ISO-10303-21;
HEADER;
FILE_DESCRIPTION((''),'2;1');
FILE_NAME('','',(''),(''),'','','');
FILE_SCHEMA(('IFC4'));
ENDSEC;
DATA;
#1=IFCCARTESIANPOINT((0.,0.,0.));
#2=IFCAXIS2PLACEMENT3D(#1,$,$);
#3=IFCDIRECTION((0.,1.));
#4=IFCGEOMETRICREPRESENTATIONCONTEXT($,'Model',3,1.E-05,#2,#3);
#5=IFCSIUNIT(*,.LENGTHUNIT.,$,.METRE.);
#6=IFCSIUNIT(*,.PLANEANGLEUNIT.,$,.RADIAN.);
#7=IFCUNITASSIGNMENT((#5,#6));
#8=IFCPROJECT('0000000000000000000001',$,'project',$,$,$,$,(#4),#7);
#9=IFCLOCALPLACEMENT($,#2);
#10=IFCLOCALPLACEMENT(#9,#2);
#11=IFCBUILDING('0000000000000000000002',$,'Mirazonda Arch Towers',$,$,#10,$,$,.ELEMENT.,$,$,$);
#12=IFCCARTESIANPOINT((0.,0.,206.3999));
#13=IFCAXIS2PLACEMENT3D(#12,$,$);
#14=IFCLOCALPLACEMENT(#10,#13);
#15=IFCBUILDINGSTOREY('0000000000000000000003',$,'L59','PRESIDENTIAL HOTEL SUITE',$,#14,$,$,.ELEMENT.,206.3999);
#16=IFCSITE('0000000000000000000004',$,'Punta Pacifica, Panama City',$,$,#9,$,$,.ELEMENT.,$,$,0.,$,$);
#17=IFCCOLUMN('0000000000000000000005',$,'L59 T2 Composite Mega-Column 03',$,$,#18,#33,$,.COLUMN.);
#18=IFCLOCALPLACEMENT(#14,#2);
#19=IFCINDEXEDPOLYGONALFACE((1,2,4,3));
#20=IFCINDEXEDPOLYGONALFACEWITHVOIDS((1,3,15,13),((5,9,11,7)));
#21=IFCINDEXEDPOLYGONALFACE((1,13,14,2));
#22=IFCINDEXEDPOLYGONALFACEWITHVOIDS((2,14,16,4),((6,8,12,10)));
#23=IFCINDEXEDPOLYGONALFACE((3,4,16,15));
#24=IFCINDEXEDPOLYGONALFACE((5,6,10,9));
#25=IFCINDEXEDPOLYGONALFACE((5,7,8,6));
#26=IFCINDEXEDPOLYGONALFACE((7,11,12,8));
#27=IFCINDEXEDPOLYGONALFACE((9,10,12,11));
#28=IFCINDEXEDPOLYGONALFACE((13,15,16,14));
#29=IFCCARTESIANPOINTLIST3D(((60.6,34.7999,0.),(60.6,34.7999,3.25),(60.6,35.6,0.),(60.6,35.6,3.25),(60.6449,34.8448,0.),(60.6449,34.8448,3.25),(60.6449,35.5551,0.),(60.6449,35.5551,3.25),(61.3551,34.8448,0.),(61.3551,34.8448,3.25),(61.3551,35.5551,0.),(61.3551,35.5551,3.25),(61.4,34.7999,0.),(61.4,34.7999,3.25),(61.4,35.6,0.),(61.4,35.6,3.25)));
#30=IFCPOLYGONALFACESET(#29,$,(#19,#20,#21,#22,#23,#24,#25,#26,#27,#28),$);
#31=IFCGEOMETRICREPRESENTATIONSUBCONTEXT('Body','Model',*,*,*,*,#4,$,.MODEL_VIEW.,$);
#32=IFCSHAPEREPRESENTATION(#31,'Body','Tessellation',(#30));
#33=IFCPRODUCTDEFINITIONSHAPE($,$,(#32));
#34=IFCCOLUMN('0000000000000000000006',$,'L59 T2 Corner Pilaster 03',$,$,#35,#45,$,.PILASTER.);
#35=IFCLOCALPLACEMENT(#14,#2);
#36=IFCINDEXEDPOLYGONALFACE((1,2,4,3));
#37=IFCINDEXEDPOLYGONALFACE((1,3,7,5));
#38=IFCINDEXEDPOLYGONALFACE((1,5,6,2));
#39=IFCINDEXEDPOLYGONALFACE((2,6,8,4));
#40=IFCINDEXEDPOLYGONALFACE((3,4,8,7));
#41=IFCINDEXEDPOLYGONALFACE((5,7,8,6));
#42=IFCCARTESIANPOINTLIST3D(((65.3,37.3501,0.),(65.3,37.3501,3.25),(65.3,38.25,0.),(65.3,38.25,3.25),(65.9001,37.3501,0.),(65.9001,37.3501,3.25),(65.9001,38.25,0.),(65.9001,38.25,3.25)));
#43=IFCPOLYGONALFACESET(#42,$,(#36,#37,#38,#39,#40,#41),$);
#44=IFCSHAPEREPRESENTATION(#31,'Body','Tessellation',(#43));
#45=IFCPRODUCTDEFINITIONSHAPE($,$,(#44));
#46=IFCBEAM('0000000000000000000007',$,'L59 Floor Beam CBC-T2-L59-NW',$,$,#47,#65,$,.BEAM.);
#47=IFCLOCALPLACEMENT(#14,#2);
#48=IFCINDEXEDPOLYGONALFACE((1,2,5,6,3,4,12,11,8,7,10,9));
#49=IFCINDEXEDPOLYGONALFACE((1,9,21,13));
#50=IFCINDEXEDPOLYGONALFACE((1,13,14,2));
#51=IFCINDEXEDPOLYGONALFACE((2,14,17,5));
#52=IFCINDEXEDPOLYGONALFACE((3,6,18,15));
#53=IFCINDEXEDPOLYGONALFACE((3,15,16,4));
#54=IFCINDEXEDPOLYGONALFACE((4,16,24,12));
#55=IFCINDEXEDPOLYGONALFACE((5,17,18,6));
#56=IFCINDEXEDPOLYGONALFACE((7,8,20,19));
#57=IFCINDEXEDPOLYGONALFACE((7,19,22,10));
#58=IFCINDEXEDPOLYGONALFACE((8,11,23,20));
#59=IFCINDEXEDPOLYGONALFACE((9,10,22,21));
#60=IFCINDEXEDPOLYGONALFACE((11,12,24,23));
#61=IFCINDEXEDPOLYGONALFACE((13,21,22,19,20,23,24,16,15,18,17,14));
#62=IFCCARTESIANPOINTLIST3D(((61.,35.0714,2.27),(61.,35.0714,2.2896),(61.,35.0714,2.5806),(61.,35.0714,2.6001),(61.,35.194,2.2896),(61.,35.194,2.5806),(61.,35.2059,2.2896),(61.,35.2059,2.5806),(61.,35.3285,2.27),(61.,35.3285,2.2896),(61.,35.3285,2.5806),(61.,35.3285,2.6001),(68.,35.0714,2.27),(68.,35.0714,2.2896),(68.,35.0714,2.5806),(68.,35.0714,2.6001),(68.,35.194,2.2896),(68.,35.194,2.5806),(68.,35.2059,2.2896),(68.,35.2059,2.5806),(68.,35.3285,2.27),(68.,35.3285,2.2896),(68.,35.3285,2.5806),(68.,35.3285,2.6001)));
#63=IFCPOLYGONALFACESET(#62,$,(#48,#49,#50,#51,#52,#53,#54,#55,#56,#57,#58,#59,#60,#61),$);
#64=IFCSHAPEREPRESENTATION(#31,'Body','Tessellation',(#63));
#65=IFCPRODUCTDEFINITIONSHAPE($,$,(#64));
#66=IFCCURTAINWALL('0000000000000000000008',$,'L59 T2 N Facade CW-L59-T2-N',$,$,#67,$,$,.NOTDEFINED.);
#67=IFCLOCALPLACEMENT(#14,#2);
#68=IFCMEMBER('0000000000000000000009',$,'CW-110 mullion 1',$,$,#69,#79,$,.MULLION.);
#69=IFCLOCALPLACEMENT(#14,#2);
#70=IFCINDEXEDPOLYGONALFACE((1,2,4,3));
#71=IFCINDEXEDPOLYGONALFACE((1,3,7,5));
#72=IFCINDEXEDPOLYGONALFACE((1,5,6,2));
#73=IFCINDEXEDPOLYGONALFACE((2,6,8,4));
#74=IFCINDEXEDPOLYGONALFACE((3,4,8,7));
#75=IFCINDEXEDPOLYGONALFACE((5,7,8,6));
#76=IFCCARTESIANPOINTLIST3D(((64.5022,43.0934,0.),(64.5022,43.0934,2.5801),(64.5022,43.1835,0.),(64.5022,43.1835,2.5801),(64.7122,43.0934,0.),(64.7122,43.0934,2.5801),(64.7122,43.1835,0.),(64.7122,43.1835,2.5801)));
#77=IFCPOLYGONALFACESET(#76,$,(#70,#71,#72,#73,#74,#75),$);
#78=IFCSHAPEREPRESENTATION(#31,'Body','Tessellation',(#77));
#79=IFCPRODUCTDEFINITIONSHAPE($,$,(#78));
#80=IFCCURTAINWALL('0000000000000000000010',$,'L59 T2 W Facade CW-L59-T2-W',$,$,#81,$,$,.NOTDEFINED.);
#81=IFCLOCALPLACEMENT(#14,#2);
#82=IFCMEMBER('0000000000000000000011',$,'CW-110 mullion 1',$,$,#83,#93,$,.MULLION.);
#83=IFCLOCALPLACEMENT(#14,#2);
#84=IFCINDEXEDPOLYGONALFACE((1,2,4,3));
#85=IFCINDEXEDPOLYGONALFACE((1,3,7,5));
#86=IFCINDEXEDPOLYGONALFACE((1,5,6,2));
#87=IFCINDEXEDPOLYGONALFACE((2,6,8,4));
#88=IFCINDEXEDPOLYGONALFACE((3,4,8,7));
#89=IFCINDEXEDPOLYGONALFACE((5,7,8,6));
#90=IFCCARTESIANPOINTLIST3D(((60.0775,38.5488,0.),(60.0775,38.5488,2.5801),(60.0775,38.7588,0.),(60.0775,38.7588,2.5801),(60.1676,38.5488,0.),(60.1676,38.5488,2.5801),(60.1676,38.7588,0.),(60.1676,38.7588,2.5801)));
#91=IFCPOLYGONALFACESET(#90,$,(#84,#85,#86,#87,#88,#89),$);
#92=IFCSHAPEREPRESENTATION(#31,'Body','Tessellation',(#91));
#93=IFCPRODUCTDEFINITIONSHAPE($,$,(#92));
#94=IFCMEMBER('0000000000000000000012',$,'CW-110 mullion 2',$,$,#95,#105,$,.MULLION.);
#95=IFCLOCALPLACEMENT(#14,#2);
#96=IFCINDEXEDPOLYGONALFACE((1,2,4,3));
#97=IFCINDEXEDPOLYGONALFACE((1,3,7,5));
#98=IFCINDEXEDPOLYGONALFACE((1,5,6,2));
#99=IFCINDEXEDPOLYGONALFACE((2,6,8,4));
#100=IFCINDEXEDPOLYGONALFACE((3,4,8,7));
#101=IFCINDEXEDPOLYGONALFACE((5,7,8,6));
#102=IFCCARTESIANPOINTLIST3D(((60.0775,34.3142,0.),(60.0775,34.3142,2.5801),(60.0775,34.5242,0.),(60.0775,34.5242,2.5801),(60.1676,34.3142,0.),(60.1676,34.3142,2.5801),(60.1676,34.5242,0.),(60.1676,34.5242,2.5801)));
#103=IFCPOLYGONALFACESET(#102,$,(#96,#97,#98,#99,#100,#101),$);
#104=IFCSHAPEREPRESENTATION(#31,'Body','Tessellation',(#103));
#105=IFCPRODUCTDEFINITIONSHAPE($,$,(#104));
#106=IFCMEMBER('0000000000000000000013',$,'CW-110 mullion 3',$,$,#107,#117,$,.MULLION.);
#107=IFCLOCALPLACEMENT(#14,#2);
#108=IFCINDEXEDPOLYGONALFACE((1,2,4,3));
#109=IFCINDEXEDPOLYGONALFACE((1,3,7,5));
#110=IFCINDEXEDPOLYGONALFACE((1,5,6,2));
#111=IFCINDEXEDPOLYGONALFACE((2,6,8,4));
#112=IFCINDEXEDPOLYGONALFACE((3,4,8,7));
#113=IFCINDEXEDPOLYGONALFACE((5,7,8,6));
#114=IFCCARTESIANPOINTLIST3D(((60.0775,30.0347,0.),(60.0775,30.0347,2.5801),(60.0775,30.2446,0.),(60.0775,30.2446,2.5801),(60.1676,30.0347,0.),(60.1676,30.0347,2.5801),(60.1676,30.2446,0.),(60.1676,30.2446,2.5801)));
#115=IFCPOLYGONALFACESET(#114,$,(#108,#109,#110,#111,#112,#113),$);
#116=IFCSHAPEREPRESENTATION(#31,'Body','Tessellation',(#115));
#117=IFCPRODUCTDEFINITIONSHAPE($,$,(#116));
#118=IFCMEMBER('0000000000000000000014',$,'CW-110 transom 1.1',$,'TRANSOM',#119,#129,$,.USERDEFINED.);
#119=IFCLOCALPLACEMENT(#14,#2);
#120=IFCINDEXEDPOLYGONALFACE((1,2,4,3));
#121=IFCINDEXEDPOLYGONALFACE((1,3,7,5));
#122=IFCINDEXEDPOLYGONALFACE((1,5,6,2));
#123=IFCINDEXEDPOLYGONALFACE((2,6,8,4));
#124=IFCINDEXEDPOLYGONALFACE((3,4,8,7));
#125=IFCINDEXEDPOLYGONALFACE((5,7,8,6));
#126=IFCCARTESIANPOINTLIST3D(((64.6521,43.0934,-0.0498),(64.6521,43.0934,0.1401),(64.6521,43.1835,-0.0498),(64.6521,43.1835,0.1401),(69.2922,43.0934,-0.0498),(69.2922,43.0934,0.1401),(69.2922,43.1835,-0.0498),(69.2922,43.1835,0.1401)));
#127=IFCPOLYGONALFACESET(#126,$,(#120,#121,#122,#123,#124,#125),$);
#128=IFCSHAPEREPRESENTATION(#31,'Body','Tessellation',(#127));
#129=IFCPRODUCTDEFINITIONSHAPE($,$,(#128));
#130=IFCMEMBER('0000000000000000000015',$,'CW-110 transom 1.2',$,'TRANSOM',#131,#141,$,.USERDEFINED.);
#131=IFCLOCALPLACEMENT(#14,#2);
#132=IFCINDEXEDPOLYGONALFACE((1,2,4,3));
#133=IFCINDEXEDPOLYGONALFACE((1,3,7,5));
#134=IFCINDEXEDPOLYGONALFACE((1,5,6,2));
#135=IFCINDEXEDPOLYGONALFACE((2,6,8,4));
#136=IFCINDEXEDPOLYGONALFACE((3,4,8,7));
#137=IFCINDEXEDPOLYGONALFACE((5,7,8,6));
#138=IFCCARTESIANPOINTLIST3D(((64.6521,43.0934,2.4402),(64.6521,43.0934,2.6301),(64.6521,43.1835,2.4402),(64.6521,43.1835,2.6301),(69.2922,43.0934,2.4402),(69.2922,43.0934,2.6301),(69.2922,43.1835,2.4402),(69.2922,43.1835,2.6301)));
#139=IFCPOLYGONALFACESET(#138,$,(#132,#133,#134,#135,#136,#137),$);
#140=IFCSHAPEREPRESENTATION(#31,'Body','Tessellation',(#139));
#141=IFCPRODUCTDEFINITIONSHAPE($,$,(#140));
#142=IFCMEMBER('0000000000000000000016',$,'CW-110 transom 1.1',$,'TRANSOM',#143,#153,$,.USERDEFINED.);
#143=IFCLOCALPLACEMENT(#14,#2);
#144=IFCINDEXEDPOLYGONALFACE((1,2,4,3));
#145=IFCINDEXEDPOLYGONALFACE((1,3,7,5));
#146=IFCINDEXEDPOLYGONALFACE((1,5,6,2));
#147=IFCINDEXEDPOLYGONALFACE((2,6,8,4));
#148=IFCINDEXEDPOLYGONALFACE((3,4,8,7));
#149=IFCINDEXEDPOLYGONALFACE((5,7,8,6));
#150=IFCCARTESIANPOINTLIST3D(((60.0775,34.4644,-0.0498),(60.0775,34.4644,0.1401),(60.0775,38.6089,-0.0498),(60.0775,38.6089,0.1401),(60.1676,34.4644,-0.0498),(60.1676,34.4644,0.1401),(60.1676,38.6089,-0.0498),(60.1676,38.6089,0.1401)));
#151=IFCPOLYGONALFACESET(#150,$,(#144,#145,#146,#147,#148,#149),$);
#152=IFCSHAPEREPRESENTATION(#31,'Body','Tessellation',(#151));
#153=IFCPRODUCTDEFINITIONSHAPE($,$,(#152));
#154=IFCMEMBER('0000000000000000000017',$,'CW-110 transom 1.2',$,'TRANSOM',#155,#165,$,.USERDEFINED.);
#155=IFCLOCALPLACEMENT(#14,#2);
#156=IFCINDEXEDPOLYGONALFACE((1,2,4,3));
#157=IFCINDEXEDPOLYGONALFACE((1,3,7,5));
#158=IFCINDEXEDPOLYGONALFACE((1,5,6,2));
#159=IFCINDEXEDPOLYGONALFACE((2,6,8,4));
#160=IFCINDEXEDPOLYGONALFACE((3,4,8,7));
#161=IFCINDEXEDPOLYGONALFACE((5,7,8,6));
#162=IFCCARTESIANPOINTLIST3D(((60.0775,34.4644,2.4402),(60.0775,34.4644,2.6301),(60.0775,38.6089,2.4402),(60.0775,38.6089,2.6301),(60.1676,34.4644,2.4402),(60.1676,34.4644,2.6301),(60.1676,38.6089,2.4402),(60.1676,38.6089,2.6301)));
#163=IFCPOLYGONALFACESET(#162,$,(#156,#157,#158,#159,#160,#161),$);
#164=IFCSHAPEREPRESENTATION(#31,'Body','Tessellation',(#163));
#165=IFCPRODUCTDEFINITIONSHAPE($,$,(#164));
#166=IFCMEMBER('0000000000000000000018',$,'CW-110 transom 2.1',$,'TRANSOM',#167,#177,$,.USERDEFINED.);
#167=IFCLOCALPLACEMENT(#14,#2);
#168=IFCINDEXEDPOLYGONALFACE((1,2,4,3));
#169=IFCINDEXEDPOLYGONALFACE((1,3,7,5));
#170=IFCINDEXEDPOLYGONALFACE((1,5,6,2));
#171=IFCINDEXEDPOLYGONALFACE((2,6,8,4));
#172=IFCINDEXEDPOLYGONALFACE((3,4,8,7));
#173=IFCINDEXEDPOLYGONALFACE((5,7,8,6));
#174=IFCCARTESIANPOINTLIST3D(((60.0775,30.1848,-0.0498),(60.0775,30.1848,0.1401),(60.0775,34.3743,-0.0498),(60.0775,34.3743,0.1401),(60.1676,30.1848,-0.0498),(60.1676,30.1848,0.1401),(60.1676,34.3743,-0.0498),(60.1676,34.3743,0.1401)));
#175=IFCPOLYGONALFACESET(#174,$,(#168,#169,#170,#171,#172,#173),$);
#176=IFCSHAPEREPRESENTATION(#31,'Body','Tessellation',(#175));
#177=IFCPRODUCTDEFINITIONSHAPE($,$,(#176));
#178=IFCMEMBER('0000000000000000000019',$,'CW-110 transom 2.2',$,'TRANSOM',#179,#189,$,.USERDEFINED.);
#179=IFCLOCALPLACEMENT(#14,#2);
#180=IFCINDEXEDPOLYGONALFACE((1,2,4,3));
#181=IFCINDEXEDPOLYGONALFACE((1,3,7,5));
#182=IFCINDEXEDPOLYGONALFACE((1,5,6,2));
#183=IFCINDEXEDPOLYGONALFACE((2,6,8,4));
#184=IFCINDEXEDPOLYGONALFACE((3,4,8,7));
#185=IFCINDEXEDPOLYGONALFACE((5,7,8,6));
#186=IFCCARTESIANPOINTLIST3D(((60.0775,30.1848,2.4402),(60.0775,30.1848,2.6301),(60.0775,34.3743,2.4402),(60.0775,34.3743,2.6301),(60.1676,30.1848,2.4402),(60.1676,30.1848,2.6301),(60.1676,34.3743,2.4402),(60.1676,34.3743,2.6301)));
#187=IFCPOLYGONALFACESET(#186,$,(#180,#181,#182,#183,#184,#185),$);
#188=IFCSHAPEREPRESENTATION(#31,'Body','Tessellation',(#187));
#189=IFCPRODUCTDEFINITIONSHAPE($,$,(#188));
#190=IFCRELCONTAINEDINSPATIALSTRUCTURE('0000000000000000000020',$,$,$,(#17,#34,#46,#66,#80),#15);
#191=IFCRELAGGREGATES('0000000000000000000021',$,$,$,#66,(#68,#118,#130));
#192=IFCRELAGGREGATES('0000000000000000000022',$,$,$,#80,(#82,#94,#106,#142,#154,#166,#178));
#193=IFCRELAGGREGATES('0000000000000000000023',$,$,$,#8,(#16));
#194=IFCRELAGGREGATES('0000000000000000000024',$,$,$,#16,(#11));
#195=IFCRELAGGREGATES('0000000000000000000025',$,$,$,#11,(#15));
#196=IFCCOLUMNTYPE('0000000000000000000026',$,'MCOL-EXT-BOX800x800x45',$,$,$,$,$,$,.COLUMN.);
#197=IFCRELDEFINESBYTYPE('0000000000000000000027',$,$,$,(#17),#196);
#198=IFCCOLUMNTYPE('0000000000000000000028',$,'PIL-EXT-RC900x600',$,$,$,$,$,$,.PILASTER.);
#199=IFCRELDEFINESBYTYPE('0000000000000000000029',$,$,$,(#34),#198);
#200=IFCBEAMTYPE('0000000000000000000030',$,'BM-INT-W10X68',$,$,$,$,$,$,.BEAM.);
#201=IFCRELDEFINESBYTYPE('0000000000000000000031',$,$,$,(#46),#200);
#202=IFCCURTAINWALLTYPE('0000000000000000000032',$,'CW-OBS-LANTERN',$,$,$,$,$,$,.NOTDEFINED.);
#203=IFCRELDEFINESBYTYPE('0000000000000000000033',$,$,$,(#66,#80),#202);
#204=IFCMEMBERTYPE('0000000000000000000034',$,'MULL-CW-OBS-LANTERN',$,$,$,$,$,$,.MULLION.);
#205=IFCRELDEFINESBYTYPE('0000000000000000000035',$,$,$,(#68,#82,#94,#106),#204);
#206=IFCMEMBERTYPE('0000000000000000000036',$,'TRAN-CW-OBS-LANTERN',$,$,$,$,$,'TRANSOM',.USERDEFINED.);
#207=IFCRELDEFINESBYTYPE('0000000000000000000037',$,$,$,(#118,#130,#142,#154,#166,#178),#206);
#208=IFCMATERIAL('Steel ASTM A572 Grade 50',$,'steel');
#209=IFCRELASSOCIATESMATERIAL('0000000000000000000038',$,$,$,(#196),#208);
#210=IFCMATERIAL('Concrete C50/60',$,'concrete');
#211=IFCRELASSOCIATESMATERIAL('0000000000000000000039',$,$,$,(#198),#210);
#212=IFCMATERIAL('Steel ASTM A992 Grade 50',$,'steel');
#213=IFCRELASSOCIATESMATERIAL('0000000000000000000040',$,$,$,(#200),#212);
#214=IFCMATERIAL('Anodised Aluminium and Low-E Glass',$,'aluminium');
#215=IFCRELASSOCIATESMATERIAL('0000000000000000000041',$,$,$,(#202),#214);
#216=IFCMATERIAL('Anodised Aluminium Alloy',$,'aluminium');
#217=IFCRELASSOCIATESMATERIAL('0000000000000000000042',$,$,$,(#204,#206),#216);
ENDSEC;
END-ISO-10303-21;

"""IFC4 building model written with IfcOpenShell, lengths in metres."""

from ifc_helpers import new_model, si_unit, direction, frame, origin, origin_2d, place, context, subcontext, project, spatial, rectangle, hollow_rectangle, i_section, extrude, material, material_profile, profile_set, type_object, element, aggregate, save


model = new_model("IFC4")

# Units and contexts
model_context = context("Model", 3, precision=1e-05, world=origin(), true_north=direction((0.0, 1.0)))
body_context = subcontext(model_context, "Body", "Model", "MODEL_VIEW")
ifc_project = project(units=[si_unit("LENGTHUNIT", "METRE"), si_unit("PLANEANGLEUNIT", "RADIAN")], contexts=[model_context])

# Site, building, storey
site_placement = place(None, origin())
site = spatial("IfcSite", under=ifc_project, at=site_placement, Name="Punta Pacifica, Panama City", CompositionType="ELEMENT", RefElevation=0.0)
building_placement = place(site_placement, origin())
building = spatial("IfcBuilding", under=site, at=building_placement, Name="Mirazonda Arch Towers", CompositionType="ELEMENT")
storey_placement = place(building_placement, frame((0.0, 0.0, 206.3999)))
storey = spatial("IfcBuildingStorey", under=building, at=storey_placement, Name="L59", Description="PRESIDENTIAL HOTEL SUITE", CompositionType="ELEMENT", Elevation=206.3999)

# Columns
ifc_material_1 = material(Name="Steel ASTM A572 Grade 50", Category="steel")
ifc_material_profile_1 = material_profile(ifc_material_1, hollow_rectangle(XDim=0.8, YDim=0.8, WallThickness=0.0449, at=origin_2d()), Name="BOX800x800x45")
ifc_profile_set_1 = profile_set([ifc_material_profile_1], Name="Steel ASTM A572 Grade 50")
column_type_1 = type_object("IfcColumnType", Name="MCOL-EXT-BOX800x800x45", PredefinedType="COLUMN", material=ifc_profile_set_1)
column_1_placement = place(storey_placement, frame((61.0, 35.2, 0.0), z_axis=(0.0, 0.0, 1.0), x_axis=(1.0, 0.0, 0.0)))
element("IfcColumn", 1, at=column_1_placement, inside=storey, type_object=column_type_1, Name="L59 T2 Composite Mega-Column 03", PredefinedType="COLUMN", context=body_context, shape_type="SweptSolid", body=[
    extrude(hollow_rectangle(XDim=0.8, YDim=0.8, WallThickness=0.0449, at=origin_2d()), origin(), (0.0, 0.0, 1.0), 3.25),
])
ifc_material_2 = material(Name="Concrete C50/60", Category="concrete")
ifc_material_profile_2 = material_profile(ifc_material_2, rectangle(XDim=0.6001, YDim=0.8999, at=origin_2d()), Name="RC900x600")
ifc_profile_set_2 = profile_set([ifc_material_profile_2], Name="Concrete C50/60")
column_type_2 = type_object("IfcColumnType", Name="PIL-EXT-RC900x600", PredefinedType="PILASTER", material=ifc_profile_set_2)
column_2_placement = place(storey_placement, frame((65.6001, 37.8, 0.0), z_axis=(0.0, 0.0, 1.0), x_axis=(1.0, 0.0, 0.0)))
element("IfcColumn", 2, at=column_2_placement, inside=storey, type_object=column_type_2, Name="L59 T2 Corner Pilaster 03", PredefinedType="PILASTER", context=body_context, shape_type="SweptSolid", body=[
    extrude(rectangle(XDim=0.6001, YDim=0.8999, at=origin_2d()), origin(), (0.0, 0.0, 1.0), 3.25),
])

# Beam
ifc_material_3 = material(Name="Steel ASTM A992 Grade 50", Category="steel")
ifc_material_profile_3 = material_profile(ifc_material_3, i_section(OverallWidth=0.2571, OverallDepth=0.3301, WebThickness=0.012, FlangeThickness=0.0195, at=origin_2d()), Name="W10X68")
ifc_profile_set_3 = profile_set([ifc_material_profile_3], Name="Steel ASTM A992 Grade 50")
beam_type = type_object("IfcBeamType", Name="BM-INT-W10X68", PredefinedType="BEAM", material=ifc_profile_set_3)
beam_placement = place(storey_placement, frame((61.0, 35.2, 2.4351), z_axis=(1.0, 0.0, 0.0), x_axis=(0.0, 1.0, 0.0)))
element("IfcBeam", 3, at=beam_placement, inside=storey, type_object=beam_type, Name="L59 Floor Beam CBC-T2-L59-NW", PredefinedType="BEAM", context=body_context, shape_type="SweptSolid", body=[
    extrude(i_section(OverallWidth=0.2571, OverallDepth=0.3301, WebThickness=0.012, FlangeThickness=0.0195, at=origin_2d()), origin(), (0.0, 0.0, 1.0), 7.0),
])

# Curtain wall, member
ifc_material_4 = material(Name="Anodised Aluminium and Low-E Glass", Category="aluminium")
curtain_wall_type_1 = type_object("IfcCurtainWallType", Name="CW-OBS-LANTERN", PredefinedType="NOTDEFINED", material=ifc_material_4)
curtain_wall_1_placement = place(storey_placement, origin())
curtain_wall_1 = element("IfcCurtainWall", 4, at=curtain_wall_1_placement, inside=storey, type_object=curtain_wall_type_1, Name="L59 T2 N Facade CW-L59-T2-N", PredefinedType="NOTDEFINED")
ifc_material_5 = material(Name="Anodised Aluminium Alloy", Category="aluminium")
ifc_material_profile_4 = material_profile(ifc_material_5, rectangle(XDim=0.0901, YDim=0.21, at=origin_2d()), Name="ALU-MULL-90x210")
ifc_profile_set_4 = profile_set([ifc_material_profile_4], Name="Anodised Aluminium Alloy")
member_type_1 = type_object("IfcMemberType", Name="MULL-CW-OBS-LANTERN", PredefinedType="MULLION", material=ifc_profile_set_4)
member_1_placement = place(storey_placement, frame((64.6072, 43.1384, 0.0), z_axis=(0.0, 0.0, 1.0), x_axis=(0.0, 1.0, 0.0)))
member_1 = element("IfcMember", 5, at=member_1_placement, type_object=member_type_1, Name="CW-110 mullion 1", PredefinedType="MULLION", context=body_context, shape_type="SweptSolid", body=[
    extrude(rectangle(XDim=0.0901, YDim=0.21, at=origin_2d()), origin(), (0.0, 0.0, 1.0), 2.5801),
])

# Curtain wall, members
curtain_wall_2_placement = place(storey_placement, origin())
curtain_wall_2 = element("IfcCurtainWall", 6, at=curtain_wall_2_placement, inside=storey, type_object=curtain_wall_type_1, Name="L59 T2 W Facade CW-L59-T2-W", PredefinedType="NOTDEFINED")
member_2_placement = place(storey_placement, frame((60.1226, 38.6538, 0.0), z_axis=(0.0, 0.0, 1.0), x_axis=(1.0, 0.0, 0.0)))
member_2 = element("IfcMember", 7, at=member_2_placement, type_object=member_type_1, Name="CW-110 mullion 1", PredefinedType="MULLION", context=body_context, shape_type="SweptSolid", body=[
    extrude(rectangle(XDim=0.0901, YDim=0.21, at=origin_2d()), origin(), (0.0, 0.0, 1.0), 2.5801),
])
member_3_placement = place(storey_placement, frame((60.1226, 34.4192, 0.0), z_axis=(0.0, 0.0, 1.0), x_axis=(1.0, 0.0, 0.0)))
member_3 = element("IfcMember", 8, at=member_3_placement, type_object=member_type_1, Name="CW-110 mullion 2", PredefinedType="MULLION", context=body_context, shape_type="SweptSolid", body=[
    extrude(rectangle(XDim=0.0901, YDim=0.21, at=origin_2d()), origin(), (0.0, 0.0, 1.0), 2.5801),
])
member_4_placement = place(storey_placement, frame((60.1226, 30.1396, 0.0), z_axis=(0.0, 0.0, 1.0), x_axis=(1.0, 0.0, 0.0)))
member_4 = element("IfcMember", 9, at=member_4_placement, type_object=member_type_1, Name="CW-110 mullion 3", PredefinedType="MULLION", context=body_context, shape_type="SweptSolid", body=[
    extrude(rectangle(XDim=0.0901, YDim=0.21, at=origin_2d()), origin(), (0.0, 0.0, 1.0), 2.5801),
])

# Members
ifc_material_profile_5 = material_profile(ifc_material_5, rectangle(XDim=0.0901, YDim=0.1899, at=origin_2d()), Name="ALU-TRAN-90x190")
ifc_profile_set_5 = profile_set([ifc_material_profile_5], Name="Anodised Aluminium Alloy")
member_type_2 = type_object("IfcMemberType", Name="TRAN-CW-OBS-LANTERN", ElementType="TRANSOM", PredefinedType="USERDEFINED", material=ifc_profile_set_5)
member_5_placement = place(storey_placement, frame((64.6521, 43.1384, 0.0452), z_axis=(1.0, 0.0, 0.0), x_axis=(0.0, 1.0, 0.0)))
member_5 = element("IfcMember", 10, at=member_5_placement, type_object=member_type_2, Name="CW-110 transom 1.1", ObjectType="TRANSOM", PredefinedType="USERDEFINED", context=body_context, shape_type="SweptSolid", body=[
    extrude(rectangle(XDim=0.0901, YDim=0.1899, at=origin_2d()), origin(), (0.0, 0.0, 1.0), 4.6401),
])
member_6_placement = place(storey_placement, frame((64.6521, 43.1384, 2.5352), z_axis=(1.0, 0.0, 0.0), x_axis=(0.0, 1.0, 0.0)))
member_6 = element("IfcMember", 11, at=member_6_placement, type_object=member_type_2, Name="CW-110 transom 1.2", ObjectType="TRANSOM", PredefinedType="USERDEFINED", context=body_context, shape_type="SweptSolid", body=[
    extrude(rectangle(XDim=0.0901, YDim=0.1899, at=origin_2d()), origin(), (0.0, 0.0, 1.0), 4.6401),
])
aggregate(curtain_wall_1, [member_1, member_5, member_6])
member_7_placement = place(storey_placement, frame((60.1226, 38.6089, 0.0452), z_axis=(0.0, -1.0, 0.0), x_axis=(1.0, 0.0, 0.0)))
member_7 = element("IfcMember", 12, at=member_7_placement, type_object=member_type_2, Name="CW-110 transom 1.1", ObjectType="TRANSOM", PredefinedType="USERDEFINED", context=body_context, shape_type="SweptSolid", body=[
    extrude(rectangle(XDim=0.0901, YDim=0.1899, at=origin_2d()), origin(), (0.0, 0.0, 1.0), 4.1445),
])
member_8_placement = place(storey_placement, frame((60.1226, 38.6089, 2.5352), z_axis=(0.0, -1.0, 0.0), x_axis=(1.0, 0.0, 0.0)))
member_8 = element("IfcMember", 13, at=member_8_placement, type_object=member_type_2, Name="CW-110 transom 1.2", ObjectType="TRANSOM", PredefinedType="USERDEFINED", context=body_context, shape_type="SweptSolid", body=[
    extrude(rectangle(XDim=0.0901, YDim=0.1899, at=origin_2d()), origin(), (0.0, 0.0, 1.0), 4.1445),
])
member_9_placement = place(storey_placement, frame((60.1226, 34.3743, 0.0452), z_axis=(0.0, -1.0, 0.0), x_axis=(1.0, 0.0, 0.0)))
member_9 = element("IfcMember", 14, at=member_9_placement, type_object=member_type_2, Name="CW-110 transom 2.1", ObjectType="TRANSOM", PredefinedType="USERDEFINED", context=body_context, shape_type="SweptSolid", body=[
    extrude(rectangle(XDim=0.0901, YDim=0.1899, at=origin_2d()), origin(), (0.0, 0.0, 1.0), 4.1895),
])
member_10_placement = place(storey_placement, frame((60.1226, 34.3743, 2.5352), z_axis=(0.0, -1.0, 0.0), x_axis=(1.0, 0.0, 0.0)))
member_10 = element("IfcMember", 15, at=member_10_placement, type_object=member_type_2, Name="CW-110 transom 2.2", ObjectType="TRANSOM", PredefinedType="USERDEFINED", context=body_context, shape_type="SweptSolid", body=[
    extrude(rectangle(XDim=0.0901, YDim=0.1899, at=origin_2d()), origin(), (0.0, 0.0, 1.0), 4.1895),
])

aggregate(curtain_wall_2, [member_2, member_3, member_4, member_7, member_8, member_9, member_10])

save(model, "model.ifc")
